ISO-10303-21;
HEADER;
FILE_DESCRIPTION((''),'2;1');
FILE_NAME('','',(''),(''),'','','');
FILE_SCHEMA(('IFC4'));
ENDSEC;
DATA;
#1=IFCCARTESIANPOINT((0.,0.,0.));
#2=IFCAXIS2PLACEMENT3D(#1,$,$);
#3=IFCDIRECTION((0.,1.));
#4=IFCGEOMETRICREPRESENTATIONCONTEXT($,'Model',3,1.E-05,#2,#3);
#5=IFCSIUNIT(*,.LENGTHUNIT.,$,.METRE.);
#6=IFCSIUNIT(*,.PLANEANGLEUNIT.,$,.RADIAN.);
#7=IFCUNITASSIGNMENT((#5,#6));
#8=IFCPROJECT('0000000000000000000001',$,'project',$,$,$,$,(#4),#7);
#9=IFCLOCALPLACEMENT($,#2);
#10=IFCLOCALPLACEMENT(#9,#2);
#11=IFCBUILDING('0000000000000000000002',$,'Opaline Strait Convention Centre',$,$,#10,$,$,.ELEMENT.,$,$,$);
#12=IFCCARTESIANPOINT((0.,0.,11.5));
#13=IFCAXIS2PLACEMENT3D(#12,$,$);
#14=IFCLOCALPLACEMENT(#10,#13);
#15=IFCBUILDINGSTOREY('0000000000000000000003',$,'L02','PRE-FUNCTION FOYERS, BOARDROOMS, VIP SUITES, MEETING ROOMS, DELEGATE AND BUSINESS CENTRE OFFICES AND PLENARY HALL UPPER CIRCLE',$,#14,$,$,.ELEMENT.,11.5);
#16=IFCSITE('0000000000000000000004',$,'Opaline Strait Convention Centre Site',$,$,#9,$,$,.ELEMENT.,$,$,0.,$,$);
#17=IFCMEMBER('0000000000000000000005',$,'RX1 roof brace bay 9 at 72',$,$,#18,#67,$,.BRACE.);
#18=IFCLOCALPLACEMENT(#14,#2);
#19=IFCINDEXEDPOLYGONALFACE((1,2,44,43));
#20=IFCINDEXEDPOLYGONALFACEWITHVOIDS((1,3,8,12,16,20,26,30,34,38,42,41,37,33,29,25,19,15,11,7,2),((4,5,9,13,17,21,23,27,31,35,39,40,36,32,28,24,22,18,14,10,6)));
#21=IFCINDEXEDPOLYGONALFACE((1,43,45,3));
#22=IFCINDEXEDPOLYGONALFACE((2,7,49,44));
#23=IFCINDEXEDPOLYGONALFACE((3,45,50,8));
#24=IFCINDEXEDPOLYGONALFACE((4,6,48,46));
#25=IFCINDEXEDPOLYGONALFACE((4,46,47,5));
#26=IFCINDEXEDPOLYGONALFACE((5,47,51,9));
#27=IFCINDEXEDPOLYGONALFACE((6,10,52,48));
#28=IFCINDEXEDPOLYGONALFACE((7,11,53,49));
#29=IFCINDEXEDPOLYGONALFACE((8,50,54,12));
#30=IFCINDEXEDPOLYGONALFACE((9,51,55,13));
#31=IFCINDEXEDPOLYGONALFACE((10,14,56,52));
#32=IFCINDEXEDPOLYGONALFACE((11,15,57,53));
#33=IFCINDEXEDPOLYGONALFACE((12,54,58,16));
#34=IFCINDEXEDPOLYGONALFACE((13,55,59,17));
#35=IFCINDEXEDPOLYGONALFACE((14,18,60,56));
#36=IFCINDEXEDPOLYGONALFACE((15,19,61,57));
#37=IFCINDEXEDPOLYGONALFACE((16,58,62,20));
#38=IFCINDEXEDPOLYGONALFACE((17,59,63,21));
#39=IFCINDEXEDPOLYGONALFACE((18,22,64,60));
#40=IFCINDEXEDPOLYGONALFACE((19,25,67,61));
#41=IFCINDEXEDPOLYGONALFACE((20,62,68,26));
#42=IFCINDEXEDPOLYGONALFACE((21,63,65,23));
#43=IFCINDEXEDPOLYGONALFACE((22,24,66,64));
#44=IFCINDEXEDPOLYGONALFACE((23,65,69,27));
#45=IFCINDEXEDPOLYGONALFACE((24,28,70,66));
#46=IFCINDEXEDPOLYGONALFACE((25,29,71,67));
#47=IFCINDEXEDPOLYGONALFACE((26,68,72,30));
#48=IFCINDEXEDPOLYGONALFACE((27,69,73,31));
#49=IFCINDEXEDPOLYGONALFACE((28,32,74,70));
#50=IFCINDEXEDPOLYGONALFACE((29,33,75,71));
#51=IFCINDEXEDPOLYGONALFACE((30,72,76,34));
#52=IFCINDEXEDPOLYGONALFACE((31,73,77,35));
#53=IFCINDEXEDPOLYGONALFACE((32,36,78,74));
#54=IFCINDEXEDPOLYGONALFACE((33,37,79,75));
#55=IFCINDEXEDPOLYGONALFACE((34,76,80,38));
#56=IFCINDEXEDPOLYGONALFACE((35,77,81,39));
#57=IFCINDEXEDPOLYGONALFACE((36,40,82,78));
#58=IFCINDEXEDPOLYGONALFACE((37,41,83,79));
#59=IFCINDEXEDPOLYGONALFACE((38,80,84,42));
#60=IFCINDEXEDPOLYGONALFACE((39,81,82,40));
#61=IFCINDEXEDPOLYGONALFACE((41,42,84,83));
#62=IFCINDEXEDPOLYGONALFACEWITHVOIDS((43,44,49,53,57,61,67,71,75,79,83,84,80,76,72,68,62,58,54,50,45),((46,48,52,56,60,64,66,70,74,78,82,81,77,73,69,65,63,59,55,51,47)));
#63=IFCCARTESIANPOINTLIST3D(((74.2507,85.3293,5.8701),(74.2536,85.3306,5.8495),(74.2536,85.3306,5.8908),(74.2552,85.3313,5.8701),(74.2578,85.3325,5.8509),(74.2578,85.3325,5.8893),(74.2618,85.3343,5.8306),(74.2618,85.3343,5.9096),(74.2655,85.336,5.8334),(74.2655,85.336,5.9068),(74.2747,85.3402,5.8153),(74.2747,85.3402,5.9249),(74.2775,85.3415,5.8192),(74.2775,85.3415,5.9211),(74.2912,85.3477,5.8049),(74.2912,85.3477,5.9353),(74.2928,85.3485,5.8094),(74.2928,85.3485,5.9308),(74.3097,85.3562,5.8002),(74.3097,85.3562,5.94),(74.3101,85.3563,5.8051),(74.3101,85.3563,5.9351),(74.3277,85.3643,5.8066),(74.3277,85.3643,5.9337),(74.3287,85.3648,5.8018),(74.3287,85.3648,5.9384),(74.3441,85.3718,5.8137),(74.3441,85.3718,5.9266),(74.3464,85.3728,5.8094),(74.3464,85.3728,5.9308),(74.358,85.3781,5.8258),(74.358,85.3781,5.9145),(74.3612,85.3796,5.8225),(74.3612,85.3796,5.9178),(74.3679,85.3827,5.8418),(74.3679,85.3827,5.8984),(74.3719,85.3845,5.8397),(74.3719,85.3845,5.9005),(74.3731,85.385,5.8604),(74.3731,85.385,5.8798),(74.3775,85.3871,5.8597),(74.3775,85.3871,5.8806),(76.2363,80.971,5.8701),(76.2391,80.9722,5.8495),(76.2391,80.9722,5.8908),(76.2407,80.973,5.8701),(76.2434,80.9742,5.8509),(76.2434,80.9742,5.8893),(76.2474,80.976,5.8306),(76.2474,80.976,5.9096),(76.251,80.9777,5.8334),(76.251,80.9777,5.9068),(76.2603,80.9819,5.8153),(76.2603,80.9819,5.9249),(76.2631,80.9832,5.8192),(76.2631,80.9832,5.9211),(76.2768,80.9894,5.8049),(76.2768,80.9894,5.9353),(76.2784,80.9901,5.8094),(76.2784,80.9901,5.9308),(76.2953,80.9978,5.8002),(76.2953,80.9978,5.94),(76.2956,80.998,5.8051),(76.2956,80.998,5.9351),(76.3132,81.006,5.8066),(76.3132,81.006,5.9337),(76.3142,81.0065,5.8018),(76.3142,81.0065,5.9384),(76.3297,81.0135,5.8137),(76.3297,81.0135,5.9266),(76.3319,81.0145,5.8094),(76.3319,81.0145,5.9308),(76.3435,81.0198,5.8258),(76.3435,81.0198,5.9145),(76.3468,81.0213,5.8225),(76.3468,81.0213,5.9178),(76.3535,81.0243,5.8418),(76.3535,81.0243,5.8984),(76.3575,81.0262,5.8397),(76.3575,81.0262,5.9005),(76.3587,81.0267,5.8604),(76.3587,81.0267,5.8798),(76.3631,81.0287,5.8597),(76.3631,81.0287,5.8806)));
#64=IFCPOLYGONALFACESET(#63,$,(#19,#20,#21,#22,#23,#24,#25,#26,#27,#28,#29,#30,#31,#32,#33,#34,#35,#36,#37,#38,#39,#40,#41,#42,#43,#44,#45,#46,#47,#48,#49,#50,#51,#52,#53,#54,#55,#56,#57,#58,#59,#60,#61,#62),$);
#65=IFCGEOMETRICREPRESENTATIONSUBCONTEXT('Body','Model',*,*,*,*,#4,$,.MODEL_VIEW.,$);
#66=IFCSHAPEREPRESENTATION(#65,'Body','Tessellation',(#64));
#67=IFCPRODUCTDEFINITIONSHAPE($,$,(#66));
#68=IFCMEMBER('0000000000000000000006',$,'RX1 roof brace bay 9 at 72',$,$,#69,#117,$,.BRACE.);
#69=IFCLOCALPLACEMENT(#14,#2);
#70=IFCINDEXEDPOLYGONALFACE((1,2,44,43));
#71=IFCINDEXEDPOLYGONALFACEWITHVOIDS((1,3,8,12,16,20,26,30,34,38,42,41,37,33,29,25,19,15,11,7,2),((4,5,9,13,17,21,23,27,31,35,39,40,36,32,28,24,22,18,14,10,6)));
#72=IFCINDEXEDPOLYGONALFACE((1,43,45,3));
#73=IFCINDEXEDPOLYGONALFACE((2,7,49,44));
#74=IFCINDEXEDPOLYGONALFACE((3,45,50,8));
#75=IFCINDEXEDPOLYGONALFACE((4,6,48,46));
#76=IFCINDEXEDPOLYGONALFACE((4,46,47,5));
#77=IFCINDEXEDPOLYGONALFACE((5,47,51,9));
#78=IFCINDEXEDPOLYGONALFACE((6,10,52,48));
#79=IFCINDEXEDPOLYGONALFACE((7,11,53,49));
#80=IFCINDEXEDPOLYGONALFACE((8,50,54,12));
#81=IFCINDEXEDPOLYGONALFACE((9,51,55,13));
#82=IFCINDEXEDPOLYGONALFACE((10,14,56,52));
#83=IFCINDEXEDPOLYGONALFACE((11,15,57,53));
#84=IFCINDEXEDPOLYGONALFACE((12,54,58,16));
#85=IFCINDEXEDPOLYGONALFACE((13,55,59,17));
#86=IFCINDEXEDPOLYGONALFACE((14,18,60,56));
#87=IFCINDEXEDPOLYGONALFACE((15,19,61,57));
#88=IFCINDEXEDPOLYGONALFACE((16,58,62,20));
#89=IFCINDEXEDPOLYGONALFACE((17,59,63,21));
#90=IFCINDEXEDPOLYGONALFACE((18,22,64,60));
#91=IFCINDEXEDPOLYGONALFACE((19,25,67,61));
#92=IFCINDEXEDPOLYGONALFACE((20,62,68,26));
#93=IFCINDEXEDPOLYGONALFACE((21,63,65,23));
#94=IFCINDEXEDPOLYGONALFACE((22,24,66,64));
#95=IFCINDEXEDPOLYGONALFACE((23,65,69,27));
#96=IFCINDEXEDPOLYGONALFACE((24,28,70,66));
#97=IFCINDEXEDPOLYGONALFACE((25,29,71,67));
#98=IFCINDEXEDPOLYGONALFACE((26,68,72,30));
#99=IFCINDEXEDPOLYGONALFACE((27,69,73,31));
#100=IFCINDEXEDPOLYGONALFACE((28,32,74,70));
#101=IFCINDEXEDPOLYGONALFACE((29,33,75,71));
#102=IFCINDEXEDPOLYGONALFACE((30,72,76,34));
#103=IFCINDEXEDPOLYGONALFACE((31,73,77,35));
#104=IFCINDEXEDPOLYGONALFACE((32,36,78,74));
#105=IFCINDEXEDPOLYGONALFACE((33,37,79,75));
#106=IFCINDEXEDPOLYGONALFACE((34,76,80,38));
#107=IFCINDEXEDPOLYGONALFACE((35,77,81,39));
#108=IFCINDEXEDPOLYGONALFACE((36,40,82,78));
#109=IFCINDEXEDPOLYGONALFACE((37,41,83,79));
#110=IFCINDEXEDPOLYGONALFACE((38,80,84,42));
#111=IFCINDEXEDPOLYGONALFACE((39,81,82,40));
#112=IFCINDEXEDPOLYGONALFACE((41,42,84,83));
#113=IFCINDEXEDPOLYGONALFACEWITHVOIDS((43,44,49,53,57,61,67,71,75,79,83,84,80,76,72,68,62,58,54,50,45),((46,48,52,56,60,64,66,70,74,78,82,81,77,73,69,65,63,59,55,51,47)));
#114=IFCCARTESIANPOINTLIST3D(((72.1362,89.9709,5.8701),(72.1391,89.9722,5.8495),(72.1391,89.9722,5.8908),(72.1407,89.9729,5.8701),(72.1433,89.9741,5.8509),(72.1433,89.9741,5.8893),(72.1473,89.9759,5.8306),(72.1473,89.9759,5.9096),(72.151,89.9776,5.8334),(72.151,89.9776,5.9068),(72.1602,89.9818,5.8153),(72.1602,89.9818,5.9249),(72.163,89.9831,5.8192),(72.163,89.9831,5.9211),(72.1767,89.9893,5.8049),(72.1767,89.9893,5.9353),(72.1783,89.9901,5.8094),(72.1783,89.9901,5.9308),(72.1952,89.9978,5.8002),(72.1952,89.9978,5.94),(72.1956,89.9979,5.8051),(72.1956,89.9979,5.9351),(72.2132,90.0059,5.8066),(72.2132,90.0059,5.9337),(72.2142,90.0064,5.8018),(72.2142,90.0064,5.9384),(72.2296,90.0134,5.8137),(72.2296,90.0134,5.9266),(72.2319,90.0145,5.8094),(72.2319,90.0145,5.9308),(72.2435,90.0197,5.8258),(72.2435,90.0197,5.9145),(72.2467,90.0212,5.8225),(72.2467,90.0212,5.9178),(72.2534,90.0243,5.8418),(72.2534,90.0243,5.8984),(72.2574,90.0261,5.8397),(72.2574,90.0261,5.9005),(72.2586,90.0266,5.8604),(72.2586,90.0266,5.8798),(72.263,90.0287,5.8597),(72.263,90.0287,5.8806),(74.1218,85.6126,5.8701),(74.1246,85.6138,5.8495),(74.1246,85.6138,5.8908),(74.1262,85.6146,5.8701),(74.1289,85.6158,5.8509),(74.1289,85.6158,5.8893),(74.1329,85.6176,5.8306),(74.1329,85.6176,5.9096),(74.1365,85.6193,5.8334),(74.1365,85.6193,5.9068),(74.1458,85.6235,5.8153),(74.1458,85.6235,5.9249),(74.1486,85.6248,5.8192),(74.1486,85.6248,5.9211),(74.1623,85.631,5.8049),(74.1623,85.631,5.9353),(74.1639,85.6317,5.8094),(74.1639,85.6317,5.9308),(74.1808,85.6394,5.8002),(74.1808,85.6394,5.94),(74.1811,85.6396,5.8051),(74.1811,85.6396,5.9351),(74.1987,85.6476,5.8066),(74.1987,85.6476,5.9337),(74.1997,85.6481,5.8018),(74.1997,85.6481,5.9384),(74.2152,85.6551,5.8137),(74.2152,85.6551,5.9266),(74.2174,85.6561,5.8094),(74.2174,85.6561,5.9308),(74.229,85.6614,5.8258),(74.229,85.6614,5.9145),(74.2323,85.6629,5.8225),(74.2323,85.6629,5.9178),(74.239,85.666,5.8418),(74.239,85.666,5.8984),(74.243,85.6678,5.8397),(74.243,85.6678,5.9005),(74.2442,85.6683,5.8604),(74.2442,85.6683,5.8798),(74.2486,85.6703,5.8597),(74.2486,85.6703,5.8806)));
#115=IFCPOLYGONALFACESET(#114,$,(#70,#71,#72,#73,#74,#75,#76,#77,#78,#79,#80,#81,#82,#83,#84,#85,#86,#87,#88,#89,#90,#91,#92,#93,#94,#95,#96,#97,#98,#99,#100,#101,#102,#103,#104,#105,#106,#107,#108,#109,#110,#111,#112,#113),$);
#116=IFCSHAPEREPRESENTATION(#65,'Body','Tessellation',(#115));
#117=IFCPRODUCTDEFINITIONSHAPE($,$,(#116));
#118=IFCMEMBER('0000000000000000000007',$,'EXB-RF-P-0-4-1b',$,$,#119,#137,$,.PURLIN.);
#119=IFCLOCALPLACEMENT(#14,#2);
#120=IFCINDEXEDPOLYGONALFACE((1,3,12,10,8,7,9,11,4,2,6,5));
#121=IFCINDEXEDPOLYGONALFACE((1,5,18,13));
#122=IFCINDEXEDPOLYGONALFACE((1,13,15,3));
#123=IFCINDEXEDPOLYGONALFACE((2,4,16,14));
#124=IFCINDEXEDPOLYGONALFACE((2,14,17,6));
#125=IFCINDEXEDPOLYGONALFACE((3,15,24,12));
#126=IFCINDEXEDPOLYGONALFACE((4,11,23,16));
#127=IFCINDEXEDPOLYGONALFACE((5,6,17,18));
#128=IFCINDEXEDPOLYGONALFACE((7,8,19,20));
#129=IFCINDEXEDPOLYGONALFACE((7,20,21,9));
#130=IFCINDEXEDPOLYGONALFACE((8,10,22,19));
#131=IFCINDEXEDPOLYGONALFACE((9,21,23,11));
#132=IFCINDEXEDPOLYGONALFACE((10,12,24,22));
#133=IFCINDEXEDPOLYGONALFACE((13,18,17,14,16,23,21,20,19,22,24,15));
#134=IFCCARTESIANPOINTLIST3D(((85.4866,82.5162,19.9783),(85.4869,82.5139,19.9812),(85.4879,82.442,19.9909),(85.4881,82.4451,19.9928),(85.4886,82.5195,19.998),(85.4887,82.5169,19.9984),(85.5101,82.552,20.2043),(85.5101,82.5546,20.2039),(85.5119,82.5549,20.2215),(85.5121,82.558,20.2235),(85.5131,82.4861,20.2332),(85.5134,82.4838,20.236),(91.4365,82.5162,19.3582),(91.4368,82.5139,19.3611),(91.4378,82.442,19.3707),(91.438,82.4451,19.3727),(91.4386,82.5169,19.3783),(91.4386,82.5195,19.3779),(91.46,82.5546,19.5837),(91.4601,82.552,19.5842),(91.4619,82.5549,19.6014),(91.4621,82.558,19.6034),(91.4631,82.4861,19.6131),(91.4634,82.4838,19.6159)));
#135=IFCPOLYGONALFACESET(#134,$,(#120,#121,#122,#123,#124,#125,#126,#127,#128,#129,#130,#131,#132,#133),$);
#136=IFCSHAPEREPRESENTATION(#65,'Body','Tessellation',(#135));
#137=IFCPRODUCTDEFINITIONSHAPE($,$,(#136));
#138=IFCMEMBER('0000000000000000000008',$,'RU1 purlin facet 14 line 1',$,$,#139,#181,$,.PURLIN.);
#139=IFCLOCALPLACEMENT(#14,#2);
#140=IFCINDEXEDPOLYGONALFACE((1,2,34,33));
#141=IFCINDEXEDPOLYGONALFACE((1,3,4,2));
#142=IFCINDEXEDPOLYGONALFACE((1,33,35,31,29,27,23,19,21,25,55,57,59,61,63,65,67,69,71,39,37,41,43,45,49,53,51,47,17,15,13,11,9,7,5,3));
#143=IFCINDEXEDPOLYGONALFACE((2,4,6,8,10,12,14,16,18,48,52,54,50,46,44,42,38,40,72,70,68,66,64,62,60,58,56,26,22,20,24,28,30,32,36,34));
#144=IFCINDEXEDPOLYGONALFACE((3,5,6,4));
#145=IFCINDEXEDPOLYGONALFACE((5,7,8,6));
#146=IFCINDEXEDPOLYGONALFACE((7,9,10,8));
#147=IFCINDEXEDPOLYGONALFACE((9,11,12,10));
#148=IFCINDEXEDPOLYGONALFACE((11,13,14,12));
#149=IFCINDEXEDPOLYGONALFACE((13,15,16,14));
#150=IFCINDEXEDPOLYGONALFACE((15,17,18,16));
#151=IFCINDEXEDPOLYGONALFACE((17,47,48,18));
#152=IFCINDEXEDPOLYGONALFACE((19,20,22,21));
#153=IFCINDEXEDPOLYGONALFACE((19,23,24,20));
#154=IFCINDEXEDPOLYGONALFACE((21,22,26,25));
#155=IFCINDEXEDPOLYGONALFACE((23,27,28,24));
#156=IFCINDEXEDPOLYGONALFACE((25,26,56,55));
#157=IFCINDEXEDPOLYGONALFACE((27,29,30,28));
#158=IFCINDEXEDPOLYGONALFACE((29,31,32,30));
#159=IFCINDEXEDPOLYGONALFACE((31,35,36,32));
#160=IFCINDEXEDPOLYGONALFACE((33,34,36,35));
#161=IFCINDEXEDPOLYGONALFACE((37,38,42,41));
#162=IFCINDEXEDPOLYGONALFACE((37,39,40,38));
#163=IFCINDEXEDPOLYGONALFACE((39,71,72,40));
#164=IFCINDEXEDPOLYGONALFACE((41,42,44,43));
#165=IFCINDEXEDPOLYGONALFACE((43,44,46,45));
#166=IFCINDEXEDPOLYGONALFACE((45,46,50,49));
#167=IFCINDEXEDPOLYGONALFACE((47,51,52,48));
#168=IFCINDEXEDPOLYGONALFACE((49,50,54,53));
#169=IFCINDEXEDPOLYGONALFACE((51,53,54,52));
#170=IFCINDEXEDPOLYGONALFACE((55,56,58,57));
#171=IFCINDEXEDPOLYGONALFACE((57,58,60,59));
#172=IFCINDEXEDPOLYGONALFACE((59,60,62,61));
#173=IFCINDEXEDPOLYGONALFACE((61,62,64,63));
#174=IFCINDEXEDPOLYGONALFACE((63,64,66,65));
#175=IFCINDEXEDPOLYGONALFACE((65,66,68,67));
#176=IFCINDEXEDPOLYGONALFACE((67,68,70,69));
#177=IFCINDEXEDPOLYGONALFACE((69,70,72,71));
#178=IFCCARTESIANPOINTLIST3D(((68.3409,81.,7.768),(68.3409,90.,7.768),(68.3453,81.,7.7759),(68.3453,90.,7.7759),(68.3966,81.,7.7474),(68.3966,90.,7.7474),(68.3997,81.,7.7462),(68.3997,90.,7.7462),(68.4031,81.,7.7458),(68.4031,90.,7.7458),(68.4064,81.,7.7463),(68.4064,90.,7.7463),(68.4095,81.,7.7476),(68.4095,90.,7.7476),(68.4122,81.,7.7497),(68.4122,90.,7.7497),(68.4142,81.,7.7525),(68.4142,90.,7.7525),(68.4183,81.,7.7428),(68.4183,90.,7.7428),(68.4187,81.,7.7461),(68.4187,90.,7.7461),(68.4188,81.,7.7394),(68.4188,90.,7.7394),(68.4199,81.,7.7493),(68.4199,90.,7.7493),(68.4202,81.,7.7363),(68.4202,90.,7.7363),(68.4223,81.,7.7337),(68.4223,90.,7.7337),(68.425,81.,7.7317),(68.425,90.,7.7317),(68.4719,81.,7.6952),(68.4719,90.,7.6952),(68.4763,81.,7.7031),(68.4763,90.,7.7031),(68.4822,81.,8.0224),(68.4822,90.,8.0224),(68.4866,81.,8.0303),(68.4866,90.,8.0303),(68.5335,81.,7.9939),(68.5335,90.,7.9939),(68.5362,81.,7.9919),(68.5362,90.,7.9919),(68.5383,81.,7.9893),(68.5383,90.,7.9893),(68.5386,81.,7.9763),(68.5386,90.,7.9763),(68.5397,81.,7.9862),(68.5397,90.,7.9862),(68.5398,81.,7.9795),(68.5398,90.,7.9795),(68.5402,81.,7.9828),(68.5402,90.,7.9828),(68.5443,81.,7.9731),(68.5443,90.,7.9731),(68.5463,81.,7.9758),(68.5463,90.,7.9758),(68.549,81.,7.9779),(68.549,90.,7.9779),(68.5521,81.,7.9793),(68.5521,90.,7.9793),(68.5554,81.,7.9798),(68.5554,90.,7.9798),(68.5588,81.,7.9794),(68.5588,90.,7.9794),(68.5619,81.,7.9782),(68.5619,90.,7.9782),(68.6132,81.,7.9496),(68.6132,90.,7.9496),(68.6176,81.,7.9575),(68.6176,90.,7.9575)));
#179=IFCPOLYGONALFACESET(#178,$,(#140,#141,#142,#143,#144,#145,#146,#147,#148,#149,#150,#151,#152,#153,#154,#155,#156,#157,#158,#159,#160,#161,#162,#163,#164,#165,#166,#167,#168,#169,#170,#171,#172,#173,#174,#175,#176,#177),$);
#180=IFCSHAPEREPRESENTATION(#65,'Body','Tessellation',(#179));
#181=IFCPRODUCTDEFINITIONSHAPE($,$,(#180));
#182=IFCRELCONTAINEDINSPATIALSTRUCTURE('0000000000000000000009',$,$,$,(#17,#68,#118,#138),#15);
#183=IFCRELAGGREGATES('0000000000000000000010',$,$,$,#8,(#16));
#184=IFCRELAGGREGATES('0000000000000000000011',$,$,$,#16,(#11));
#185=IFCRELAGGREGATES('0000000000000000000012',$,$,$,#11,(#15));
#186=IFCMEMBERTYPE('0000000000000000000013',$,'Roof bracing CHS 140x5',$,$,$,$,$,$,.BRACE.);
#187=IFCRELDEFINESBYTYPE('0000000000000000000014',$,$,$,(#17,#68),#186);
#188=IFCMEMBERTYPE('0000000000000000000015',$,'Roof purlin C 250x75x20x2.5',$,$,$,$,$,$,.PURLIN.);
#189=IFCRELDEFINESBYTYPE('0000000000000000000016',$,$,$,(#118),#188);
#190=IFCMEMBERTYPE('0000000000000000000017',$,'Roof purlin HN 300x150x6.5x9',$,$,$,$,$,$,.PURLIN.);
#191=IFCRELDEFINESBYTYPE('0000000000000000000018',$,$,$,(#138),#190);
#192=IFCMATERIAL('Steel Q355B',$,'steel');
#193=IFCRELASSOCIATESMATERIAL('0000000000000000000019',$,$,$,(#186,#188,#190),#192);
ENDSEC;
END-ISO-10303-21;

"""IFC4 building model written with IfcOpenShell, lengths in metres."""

from ifc_helpers import new_model, si_unit, direction, frame, origin, origin_2d, place, context, subcontext, project, spatial, polyline, hollow_circle, i_section, outline, extrude, material, material_profile, profile_set, type_object, element, save


model = new_model("IFC4")

# Units and contexts
model_context = context("Model", 3, precision=1e-05, world=origin(), true_north=direction((0.0, 1.0)))
body_context = subcontext(model_context, "Body", "Model", "MODEL_VIEW")
ifc_project = project(units=[si_unit("LENGTHUNIT", "METRE"), si_unit("PLANEANGLEUNIT", "RADIAN")], contexts=[model_context])

# Site, building, storey
site_placement = place(None, origin())
site = spatial("IfcSite", under=ifc_project, at=site_placement, Name="Opaline Strait Convention Centre Site", CompositionType="ELEMENT", RefElevation=0.0)
building_placement = place(site_placement, origin())
building = spatial("IfcBuilding", under=site, at=building_placement, Name="Opaline Strait Convention Centre", CompositionType="ELEMENT")
storey_placement = place(building_placement, frame((0.0, 0.0, 11.5)))
storey = spatial("IfcBuildingStorey", under=building, at=storey_placement, Name="L02", Description="PRE-FUNCTION FOYERS, BOARDROOMS, VIP SUITES, MEETING ROOMS, DELEGATE AND BUSINESS CENTRE OFFICES AND PLENARY HALL UPPER CIRCLE", CompositionType="ELEMENT", Elevation=11.5)

# Members
ifc_material_1 = material(Name="Steel Q355B", Category="steel")
ifc_material_profile_1 = material_profile(ifc_material_1, hollow_circle(Radius=0.0701, WallThickness=0.0049, at=origin_2d()), Name="CHS 140x5")
ifc_profile_set_1 = profile_set([ifc_material_profile_1], Name="Steel Q355B")
member_type_1 = type_object("IfcMemberType", Name="Roof bracing CHS 140x5", PredefinedType="BRACE", material=ifc_profile_set_1)
for number, where, z_axis, x_axis, name in (
    (1, (76.3, 81.0, 5.8701), (-0.414582, 0.910012, 0.0), (-0.910012, -0.414582, 0.0), "RX1 roof brace bay 9 at 72"),
    (2, (74.1855, 85.6416, 5.8701), (-0.414582, 0.910012, 0.0), (-0.910012, -0.414582, 0.0), "RX1 roof brace bay 9 at 72"),
):
    element("IfcMember", number, at=place(storey_placement, frame(where, z_axis=z_axis, x_axis=x_axis)), inside=storey, type_object=member_type_1, Name=name, PredefinedType="BRACE", context=body_context, shape_type="SweptSolid", body=[
        extrude(hollow_circle(Radius=0.0701, WallThickness=0.0049, at=origin_2d()), origin(), (0.0, 0.0, 1.0), 4.7893),
    ])
ifc_material_profile_2 = material_profile(ifc_material_1, outline(polyline([(-0.0376, -0.125), (0.0376, -0.125), (0.0376, -0.105), (0.0349, -0.105), (0.0349, -0.1226), (-0.0349, -0.1226), (-0.0349, 0.1226), (0.0349, 0.1226), (0.0349, 0.105), (0.0376, 0.105), (0.0376, 0.125), (-0.0376, 0.125), (-0.0376, -0.125)])), Name="C 250x75x20x2.5")
ifc_profile_set_2 = profile_set([ifc_material_profile_2], Name="Steel Q355B")
member_type_2 = type_object("IfcMemberType", Name="Roof purlin C 250x75x20x2.5", PredefinedType="PURLIN", material=ifc_profile_set_2)
member_1_placement = place(storey_placement, frame((85.5, 82.5, 20.1072), z_axis=(0.994613, 0.0, -0.103661), x_axis=(-0.017344, 0.985904, -0.166413)))
element("IfcMember", 3, at=member_1_placement, inside=storey, type_object=member_type_2, Name="EXB-RF-P-0-4-1b", PredefinedType="PURLIN", context=body_context, shape_type="SweptSolid", body=[
    extrude(outline(polyline([(-0.0376, -0.125), (0.0376, -0.125), (0.0376, -0.105), (0.0349, -0.105), (0.0349, -0.1226), (-0.0349, -0.1226), (-0.0349, 0.1226), (0.0349, 0.1226), (0.0349, 0.105), (0.0376, 0.105), (0.0376, 0.125), (-0.0376, 0.125), (-0.0376, -0.125)])), origin(), (0.0, 0.0, 1.0), 5.9822),
])
ifc_material_profile_3 = material_profile(ifc_material_1, i_section(OverallWidth=0.1499, OverallDepth=0.3, WebThickness=0.0066, FlangeThickness=0.009, FilletRadius=0.0129, at=origin_2d()), Name="HN 300x150x6.5x9")
ifc_profile_set_3 = profile_set([ifc_material_profile_3], Name="Steel Q355B")
member_type_3 = type_object("IfcMemberType", Name="Roof purlin HN 300x150x6.5x9", PredefinedType="PURLIN", material=ifc_profile_set_3)
for number, where, z_axis, x_axis, name in (
    (4, (68.4792, 81.0, 7.8628), (0.0, 1.0, 0.0), (-0.874157, 0.0, 0.485643), "RU1 purlin facet 14 line 1"),
):
    element("IfcMember", number, at=place(storey_placement, frame(where, z_axis=z_axis, x_axis=x_axis)), inside=storey, type_object=member_type_3, Name=name, PredefinedType="PURLIN", context=body_context, shape_type="SweptSolid", body=[
        extrude(i_section(OverallWidth=0.1499, OverallDepth=0.3, WebThickness=0.0066, FlangeThickness=0.009, FilletRadius=0.0129, at=origin_2d()), origin(), (0.0, 0.0, 1.0), 9.0),
    ])

save(model, "model.ifc")
